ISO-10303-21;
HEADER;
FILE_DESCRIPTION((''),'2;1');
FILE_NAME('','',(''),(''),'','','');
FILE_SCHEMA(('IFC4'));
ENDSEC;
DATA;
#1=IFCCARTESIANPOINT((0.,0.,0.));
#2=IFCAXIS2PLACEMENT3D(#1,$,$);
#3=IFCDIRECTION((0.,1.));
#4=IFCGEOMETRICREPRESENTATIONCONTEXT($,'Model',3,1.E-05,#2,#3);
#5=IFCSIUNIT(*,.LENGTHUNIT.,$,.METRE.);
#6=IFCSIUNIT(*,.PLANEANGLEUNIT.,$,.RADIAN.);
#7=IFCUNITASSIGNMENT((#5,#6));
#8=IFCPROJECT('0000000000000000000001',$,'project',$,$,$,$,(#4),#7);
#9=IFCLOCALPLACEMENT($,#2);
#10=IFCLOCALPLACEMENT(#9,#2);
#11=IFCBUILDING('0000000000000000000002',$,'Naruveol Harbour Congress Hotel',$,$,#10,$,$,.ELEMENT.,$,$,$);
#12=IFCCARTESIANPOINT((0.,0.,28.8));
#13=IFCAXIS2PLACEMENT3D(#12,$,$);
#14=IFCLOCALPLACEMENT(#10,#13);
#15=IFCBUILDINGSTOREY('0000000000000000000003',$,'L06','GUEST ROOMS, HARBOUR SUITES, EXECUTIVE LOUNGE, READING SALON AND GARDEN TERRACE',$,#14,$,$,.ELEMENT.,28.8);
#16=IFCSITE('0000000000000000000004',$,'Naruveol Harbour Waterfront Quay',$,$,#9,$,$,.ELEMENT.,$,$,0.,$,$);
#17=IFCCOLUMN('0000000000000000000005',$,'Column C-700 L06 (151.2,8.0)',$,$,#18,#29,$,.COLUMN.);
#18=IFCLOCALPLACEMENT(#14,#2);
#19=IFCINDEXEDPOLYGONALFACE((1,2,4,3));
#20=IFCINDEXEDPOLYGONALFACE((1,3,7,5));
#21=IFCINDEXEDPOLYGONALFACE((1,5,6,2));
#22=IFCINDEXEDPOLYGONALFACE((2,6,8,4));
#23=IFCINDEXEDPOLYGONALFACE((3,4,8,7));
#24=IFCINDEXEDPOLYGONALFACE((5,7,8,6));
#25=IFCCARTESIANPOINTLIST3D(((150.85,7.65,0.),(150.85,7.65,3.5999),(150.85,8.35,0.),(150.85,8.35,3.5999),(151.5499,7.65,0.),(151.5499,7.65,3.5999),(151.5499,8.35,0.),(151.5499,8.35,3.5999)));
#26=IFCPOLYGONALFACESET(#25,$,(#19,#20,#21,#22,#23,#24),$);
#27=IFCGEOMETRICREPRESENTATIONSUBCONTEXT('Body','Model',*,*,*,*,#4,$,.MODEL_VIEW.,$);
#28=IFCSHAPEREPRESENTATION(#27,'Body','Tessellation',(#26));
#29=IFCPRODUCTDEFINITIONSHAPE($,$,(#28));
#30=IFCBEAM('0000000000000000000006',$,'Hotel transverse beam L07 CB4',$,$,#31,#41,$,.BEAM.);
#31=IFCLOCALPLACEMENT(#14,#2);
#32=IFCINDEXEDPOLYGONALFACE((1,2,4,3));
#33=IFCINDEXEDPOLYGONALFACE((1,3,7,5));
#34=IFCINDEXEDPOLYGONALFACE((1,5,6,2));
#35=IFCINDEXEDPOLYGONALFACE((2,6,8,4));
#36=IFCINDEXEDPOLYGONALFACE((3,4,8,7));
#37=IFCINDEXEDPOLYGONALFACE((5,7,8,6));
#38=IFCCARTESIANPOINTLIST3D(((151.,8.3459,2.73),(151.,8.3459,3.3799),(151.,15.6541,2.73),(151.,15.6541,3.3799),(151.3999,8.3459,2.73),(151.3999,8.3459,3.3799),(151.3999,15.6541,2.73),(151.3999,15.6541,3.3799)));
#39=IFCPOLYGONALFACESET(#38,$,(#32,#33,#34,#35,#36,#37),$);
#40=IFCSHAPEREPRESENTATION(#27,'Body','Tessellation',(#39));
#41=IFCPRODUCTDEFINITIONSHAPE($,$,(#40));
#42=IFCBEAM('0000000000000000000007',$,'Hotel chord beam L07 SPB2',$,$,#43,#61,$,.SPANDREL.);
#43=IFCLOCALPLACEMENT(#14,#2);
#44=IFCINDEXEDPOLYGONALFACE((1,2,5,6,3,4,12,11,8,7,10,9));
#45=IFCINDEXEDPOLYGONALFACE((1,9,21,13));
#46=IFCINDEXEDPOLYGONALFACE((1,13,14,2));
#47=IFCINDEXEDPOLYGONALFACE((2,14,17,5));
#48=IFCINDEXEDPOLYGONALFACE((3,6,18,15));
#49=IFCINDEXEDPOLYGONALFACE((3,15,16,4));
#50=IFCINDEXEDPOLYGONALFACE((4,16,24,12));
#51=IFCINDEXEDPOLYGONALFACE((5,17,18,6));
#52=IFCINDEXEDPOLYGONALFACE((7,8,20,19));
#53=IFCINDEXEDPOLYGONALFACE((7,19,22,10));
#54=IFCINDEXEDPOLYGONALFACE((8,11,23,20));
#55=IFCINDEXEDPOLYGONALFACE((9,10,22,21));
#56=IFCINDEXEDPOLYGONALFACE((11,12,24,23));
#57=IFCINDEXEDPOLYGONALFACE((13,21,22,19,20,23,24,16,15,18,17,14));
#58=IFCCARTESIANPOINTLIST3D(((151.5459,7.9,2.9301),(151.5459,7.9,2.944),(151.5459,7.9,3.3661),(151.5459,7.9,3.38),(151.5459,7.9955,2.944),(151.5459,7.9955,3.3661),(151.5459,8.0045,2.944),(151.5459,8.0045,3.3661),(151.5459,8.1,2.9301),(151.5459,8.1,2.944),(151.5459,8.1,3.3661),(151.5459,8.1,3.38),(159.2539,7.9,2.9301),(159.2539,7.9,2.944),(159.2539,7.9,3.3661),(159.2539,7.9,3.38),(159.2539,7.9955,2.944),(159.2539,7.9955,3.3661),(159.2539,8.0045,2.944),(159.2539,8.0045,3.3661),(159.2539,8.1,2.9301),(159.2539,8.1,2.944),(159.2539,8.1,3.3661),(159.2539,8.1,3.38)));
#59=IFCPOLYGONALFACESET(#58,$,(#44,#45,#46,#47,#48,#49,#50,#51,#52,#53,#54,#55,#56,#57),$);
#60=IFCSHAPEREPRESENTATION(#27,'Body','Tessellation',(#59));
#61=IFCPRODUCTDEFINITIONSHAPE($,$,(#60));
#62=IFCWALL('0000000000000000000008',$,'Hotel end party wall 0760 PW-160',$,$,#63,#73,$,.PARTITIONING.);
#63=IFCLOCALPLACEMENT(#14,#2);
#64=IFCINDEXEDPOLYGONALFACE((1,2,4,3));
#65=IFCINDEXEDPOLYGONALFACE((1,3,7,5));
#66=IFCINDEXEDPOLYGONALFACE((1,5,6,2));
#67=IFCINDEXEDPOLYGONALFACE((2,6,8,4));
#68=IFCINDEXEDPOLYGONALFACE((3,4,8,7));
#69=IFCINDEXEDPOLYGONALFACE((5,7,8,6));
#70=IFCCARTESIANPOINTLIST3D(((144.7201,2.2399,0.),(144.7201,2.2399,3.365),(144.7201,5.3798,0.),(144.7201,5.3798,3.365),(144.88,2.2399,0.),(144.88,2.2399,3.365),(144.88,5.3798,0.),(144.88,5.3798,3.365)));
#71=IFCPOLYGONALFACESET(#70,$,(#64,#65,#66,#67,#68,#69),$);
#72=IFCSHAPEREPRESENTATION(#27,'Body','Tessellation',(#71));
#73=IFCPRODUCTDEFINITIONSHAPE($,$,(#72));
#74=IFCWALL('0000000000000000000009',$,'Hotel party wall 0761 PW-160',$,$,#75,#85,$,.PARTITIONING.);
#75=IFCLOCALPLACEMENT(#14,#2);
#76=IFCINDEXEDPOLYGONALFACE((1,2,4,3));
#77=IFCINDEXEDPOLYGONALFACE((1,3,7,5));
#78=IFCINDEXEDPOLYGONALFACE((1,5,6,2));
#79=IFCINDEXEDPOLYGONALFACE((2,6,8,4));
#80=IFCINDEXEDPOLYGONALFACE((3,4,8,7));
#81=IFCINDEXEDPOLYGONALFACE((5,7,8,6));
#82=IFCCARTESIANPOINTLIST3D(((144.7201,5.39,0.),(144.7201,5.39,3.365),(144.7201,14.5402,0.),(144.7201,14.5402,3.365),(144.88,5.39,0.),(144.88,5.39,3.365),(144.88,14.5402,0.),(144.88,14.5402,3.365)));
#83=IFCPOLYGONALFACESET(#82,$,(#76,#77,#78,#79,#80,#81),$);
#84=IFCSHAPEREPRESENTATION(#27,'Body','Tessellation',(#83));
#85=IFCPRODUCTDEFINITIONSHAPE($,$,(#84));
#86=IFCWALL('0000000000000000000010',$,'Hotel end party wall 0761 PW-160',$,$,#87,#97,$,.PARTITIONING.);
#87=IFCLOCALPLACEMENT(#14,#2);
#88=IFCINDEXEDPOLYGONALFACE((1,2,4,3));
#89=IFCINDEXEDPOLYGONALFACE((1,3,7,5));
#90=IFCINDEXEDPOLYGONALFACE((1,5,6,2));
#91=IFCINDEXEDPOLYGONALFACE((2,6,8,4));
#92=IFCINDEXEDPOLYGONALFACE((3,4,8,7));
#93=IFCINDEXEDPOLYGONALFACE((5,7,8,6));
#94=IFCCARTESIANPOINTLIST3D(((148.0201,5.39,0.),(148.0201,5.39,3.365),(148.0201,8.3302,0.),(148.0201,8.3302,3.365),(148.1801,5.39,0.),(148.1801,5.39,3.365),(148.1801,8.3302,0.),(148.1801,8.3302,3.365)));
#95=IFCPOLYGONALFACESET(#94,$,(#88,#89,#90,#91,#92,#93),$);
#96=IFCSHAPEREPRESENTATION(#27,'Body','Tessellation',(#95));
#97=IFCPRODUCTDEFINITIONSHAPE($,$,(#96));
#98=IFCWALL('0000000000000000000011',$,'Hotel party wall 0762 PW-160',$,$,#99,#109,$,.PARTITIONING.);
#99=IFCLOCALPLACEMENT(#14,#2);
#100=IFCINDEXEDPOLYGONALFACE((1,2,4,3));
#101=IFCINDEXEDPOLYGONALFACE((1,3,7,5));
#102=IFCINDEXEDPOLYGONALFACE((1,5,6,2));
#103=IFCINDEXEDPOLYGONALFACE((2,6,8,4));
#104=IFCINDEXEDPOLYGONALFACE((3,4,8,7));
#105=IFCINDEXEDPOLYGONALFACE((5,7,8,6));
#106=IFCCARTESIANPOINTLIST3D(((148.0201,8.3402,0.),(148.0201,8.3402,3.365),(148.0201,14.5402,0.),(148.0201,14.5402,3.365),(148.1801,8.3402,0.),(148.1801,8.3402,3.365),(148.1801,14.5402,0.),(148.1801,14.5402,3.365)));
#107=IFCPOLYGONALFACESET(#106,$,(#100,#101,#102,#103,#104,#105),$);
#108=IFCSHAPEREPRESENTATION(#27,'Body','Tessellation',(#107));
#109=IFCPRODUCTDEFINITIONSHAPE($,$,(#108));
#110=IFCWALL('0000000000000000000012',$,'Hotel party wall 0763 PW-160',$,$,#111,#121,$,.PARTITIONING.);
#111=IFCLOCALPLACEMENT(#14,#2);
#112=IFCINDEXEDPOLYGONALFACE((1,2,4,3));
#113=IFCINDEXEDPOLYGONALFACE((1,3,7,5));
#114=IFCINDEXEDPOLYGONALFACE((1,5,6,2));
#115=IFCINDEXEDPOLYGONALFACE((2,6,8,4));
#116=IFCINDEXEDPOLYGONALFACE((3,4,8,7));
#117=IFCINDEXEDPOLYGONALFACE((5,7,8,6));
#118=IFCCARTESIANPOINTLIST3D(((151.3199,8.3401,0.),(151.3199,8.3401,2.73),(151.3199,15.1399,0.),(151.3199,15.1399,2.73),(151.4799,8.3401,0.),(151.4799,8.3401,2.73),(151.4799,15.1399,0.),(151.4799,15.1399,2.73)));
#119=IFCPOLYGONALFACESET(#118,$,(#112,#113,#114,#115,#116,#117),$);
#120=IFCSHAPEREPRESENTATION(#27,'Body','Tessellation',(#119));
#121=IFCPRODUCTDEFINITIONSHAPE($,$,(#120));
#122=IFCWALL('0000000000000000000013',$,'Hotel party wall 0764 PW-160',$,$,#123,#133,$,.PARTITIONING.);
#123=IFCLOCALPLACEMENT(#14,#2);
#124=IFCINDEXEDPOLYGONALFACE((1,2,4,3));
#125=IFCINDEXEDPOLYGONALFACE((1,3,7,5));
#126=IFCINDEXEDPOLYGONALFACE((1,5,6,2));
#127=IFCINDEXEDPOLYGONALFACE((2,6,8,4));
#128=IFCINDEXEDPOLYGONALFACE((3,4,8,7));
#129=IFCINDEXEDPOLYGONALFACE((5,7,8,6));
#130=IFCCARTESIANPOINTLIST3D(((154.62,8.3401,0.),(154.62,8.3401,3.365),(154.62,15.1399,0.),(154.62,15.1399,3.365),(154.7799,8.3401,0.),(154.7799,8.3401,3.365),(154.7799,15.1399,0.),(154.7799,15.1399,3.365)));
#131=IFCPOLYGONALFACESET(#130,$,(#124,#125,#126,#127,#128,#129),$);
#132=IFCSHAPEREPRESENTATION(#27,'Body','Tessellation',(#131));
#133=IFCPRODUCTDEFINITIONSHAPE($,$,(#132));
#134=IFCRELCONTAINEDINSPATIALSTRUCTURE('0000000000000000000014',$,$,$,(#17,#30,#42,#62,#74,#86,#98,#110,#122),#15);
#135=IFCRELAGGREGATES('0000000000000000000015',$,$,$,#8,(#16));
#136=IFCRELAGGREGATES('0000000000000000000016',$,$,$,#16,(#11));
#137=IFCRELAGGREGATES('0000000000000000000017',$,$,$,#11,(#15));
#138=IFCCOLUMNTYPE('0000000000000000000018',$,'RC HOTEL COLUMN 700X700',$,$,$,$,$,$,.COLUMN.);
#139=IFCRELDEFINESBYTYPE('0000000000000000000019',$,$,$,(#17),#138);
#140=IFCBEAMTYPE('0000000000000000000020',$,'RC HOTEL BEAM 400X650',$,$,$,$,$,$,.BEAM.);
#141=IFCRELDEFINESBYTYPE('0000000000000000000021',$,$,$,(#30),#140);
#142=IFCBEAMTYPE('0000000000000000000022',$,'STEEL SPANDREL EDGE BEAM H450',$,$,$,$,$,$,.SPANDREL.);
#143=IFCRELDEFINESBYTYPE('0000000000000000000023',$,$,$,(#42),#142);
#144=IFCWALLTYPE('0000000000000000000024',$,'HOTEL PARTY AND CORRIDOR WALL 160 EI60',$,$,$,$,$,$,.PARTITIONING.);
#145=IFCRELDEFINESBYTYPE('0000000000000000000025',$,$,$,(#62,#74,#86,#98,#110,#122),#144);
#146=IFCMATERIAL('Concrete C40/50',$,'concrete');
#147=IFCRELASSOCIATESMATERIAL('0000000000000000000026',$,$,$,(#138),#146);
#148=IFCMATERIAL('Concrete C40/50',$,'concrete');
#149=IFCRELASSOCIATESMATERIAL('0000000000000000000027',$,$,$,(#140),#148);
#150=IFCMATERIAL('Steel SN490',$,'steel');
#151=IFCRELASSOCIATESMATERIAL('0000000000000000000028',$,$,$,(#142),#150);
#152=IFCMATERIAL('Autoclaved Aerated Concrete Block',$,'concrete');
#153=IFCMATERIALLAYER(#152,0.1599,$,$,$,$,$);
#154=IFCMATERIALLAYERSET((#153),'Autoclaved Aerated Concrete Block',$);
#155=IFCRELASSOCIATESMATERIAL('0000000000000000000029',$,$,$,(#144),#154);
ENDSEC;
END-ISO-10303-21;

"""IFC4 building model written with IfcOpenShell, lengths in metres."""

from ifc_helpers import new_model, si_unit, direction, frame, frame_2d, origin, origin_2d, place, context, subcontext, project, spatial, rectangle, i_section, extrude, material, layer, layer_set, material_profile, profile_set, type_object, element, save


model = new_model("IFC4")

# Units and contexts
model_context = context("Model", 3, precision=1e-05, world=origin(), true_north=direction((0.0, 1.0)))
body_context = subcontext(model_context, "Body", "Model", "MODEL_VIEW")
ifc_project = project(units=[si_unit("LENGTHUNIT", "METRE"), si_unit("PLANEANGLEUNIT", "RADIAN")], contexts=[model_context])

# Site, building, storey
site_placement = place(None, origin())
site = spatial("IfcSite", under=ifc_project, at=site_placement, Name="Naruveol Harbour Waterfront Quay", CompositionType="ELEMENT", RefElevation=0.0)
building_placement = place(site_placement, origin())
building = spatial("IfcBuilding", under=site, at=building_placement, Name="Naruveol Harbour Congress Hotel", CompositionType="ELEMENT")
storey_placement = place(building_placement, frame((0.0, 0.0, 28.8)))
storey = spatial("IfcBuildingStorey", under=building, at=storey_placement, Name="L06", Description="GUEST ROOMS, HARBOUR SUITES, EXECUTIVE LOUNGE, READING SALON AND GARDEN TERRACE", CompositionType="ELEMENT", Elevation=28.8)

# Column
ifc_material_1 = material(Name="Concrete C40/50", Category="concrete")
ifc_material_profile_1 = material_profile(ifc_material_1, rectangle(XDim=0.7, YDim=0.7, at=origin_2d()), Name="RC-700x700")
ifc_profile_set_1 = profile_set([ifc_material_profile_1], Name="Concrete C40/50")
column_type = type_object("IfcColumnType", Name="RC HOTEL COLUMN 700X700", PredefinedType="COLUMN", material=ifc_profile_set_1)
column_placement = place(storey_placement, frame((151.2, 8.0, 0.0), z_axis=(0.0, 0.0, 1.0), x_axis=(1.0, 0.0, 0.0)))
element("IfcColumn", 1, at=column_placement, inside=storey, type_object=column_type, Name="Column C-700 L06 (151.2,8.0)", PredefinedType="COLUMN", context=body_context, shape_type="SweptSolid", body=[
    extrude(rectangle(XDim=0.7, YDim=0.7, at=origin_2d()), origin(), (0.0, 0.0, 1.0), 3.5999),
])

# Beams
ifc_material_2 = material(Name="Concrete C40/50", Category="concrete")
ifc_material_profile_2 = material_profile(ifc_material_2, rectangle(XDim=0.3999, YDim=0.6499, at=origin_2d()), Name="RCB-400x650")
ifc_profile_set_2 = profile_set([ifc_material_profile_2], Name="Concrete C40/50")
beam_type_1 = type_object("IfcBeamType", Name="RC HOTEL BEAM 400X650", PredefinedType="BEAM", material=ifc_profile_set_2)
beam_1_placement = place(storey_placement, frame((151.2, 8.3459, 3.0549), z_axis=(0.0, 1.0, 0.0), x_axis=(-1.0, 0.0, 0.0)))
element("IfcBeam", 2, at=beam_1_placement, inside=storey, type_object=beam_type_1, Name="Hotel transverse beam L07 CB4", PredefinedType="BEAM", context=body_context, shape_type="SweptSolid", body=[
    extrude(rectangle(XDim=0.3999, YDim=0.6499, at=origin_2d()), origin(), (0.0, 0.0, 1.0), 7.3081),
])
ifc_material_3 = material(Name="Steel SN490", Category="steel")
ifc_material_profile_3 = material_profile(ifc_material_3, i_section(OverallWidth=0.2, OverallDepth=0.45, WebThickness=0.009, FlangeThickness=0.0139, at=origin_2d()), Name="H-450x200x9x14")
ifc_profile_set_3 = profile_set([ifc_material_profile_3], Name="Steel SN490")
beam_type_2 = type_object("IfcBeamType", Name="STEEL SPANDREL EDGE BEAM H450", PredefinedType="SPANDREL", material=ifc_profile_set_3)
beam_2_placement = place(storey_placement, frame((151.5459, 8.0, 3.155), z_axis=(1.0, 0.0, 0.0), x_axis=(0.0, 1.0, 0.0)))
element("IfcBeam", 3, at=beam_2_placement, inside=storey, type_object=beam_type_2, Name="Hotel chord beam L07 SPB2", PredefinedType="SPANDREL", context=body_context, shape_type="SweptSolid", body=[
    extrude(i_section(OverallWidth=0.2, OverallDepth=0.45, WebThickness=0.009, FlangeThickness=0.0139, at=origin_2d()), origin(), (0.0, 0.0, 1.0), 7.708),
])

# Walls
ifc_material_4 = material(Name="Autoclaved Aerated Concrete Block", Category="concrete")
ifc_layer_1 = layer(ifc_material_4, 0.1599)
ifc_layer_set_1 = layer_set([ifc_layer_1], Name="Autoclaved Aerated Concrete Block")
wall_type_1 = type_object("IfcWallType", Name="HOTEL PARTY AND CORRIDOR WALL 160 EI60", PredefinedType="PARTITIONING", material=ifc_layer_set_1)
wall_1_placement = place(storey_placement, frame((144.8, 2.24, 0.0), z_axis=(0.0, 0.0, 1.0), x_axis=(0.0, 1.0, 0.0)))
element("IfcWall", 4, at=wall_1_placement, inside=storey, type_object=wall_type_1, Name="Hotel end party wall 0760 PW-160", PredefinedType="PARTITIONING", context=body_context, shape_type="SweptSolid", body=[
    extrude(rectangle(XDim=3.1399, YDim=0.1599, at=frame_2d((1.5698, 0.0))), origin(), (0.0, 0.0, 1.0), 3.365),
])
wall_2_placement = place(storey_placement, frame((144.8, 5.3899, 0.0), z_axis=(0.0, 0.0, 1.0), x_axis=(0.0, 1.0, 0.0)))
element("IfcWall", 5, at=wall_2_placement, inside=storey, type_object=wall_type_1, Name="Hotel party wall 0761 PW-160", PredefinedType="PARTITIONING", context=body_context, shape_type="SweptSolid", body=[
    extrude(rectangle(XDim=9.1501, YDim=0.1599, at=frame_2d((4.5752, 0.0))), origin(), (0.0, 0.0, 1.0), 3.365),
])
wall_3_placement = place(storey_placement, frame((148.1001, 5.3899, 0.0), z_axis=(0.0, 0.0, 1.0), x_axis=(0.0, 1.0, 0.0)))
element("IfcWall", 6, at=wall_3_placement, inside=storey, type_object=wall_type_1, Name="Hotel end party wall 0761 PW-160", PredefinedType="PARTITIONING", context=body_context, shape_type="SweptSolid", body=[
    extrude(rectangle(XDim=2.9402, YDim=0.1599, at=frame_2d((1.4702, 0.0))), origin(), (0.0, 0.0, 1.0), 3.365),
])
wall_4_placement = place(storey_placement, frame((148.1001, 8.3401, 0.0), z_axis=(0.0, 0.0, 1.0), x_axis=(0.0, 1.0, 0.0)))
element("IfcWall", 7, at=wall_4_placement, inside=storey, type_object=wall_type_1, Name="Hotel party wall 0762 PW-160", PredefinedType="PARTITIONING", context=body_context, shape_type="SweptSolid", body=[
    extrude(rectangle(XDim=6.2, YDim=0.1599, at=frame_2d((3.1001, 0.0))), origin(), (0.0, 0.0, 1.0), 3.365),
])
wall_5_placement = place(storey_placement, frame((151.3999, 8.3401, 0.0), z_axis=(0.0, 0.0, 1.0), x_axis=(0.0, 1.0, 0.0)))
element("IfcWall", 8, at=wall_5_placement, inside=storey, type_object=wall_type_1, Name="Hotel party wall 0763 PW-160", PredefinedType="PARTITIONING", context=body_context, shape_type="SweptSolid", body=[
    extrude(rectangle(XDim=6.7998, YDim=0.1599, at=frame_2d((3.3999, 0.0))), origin(), (0.0, 0.0, 1.0), 2.73),
])
wall_6_placement = place(storey_placement, frame((154.7, 8.3401, 0.0), z_axis=(0.0, 0.0, 1.0), x_axis=(0.0, 1.0, 0.0)))
element("IfcWall", 9, at=wall_6_placement, inside=storey, type_object=wall_type_1, Name="Hotel party wall 0764 PW-160", PredefinedType="PARTITIONING", context=body_context, shape_type="SweptSolid", body=[
    extrude(rectangle(XDim=6.7998, YDim=0.1599, at=frame_2d((3.3999, 0.0))), origin(), (0.0, 0.0, 1.0), 3.365),
])

save(model, "model.ifc")
